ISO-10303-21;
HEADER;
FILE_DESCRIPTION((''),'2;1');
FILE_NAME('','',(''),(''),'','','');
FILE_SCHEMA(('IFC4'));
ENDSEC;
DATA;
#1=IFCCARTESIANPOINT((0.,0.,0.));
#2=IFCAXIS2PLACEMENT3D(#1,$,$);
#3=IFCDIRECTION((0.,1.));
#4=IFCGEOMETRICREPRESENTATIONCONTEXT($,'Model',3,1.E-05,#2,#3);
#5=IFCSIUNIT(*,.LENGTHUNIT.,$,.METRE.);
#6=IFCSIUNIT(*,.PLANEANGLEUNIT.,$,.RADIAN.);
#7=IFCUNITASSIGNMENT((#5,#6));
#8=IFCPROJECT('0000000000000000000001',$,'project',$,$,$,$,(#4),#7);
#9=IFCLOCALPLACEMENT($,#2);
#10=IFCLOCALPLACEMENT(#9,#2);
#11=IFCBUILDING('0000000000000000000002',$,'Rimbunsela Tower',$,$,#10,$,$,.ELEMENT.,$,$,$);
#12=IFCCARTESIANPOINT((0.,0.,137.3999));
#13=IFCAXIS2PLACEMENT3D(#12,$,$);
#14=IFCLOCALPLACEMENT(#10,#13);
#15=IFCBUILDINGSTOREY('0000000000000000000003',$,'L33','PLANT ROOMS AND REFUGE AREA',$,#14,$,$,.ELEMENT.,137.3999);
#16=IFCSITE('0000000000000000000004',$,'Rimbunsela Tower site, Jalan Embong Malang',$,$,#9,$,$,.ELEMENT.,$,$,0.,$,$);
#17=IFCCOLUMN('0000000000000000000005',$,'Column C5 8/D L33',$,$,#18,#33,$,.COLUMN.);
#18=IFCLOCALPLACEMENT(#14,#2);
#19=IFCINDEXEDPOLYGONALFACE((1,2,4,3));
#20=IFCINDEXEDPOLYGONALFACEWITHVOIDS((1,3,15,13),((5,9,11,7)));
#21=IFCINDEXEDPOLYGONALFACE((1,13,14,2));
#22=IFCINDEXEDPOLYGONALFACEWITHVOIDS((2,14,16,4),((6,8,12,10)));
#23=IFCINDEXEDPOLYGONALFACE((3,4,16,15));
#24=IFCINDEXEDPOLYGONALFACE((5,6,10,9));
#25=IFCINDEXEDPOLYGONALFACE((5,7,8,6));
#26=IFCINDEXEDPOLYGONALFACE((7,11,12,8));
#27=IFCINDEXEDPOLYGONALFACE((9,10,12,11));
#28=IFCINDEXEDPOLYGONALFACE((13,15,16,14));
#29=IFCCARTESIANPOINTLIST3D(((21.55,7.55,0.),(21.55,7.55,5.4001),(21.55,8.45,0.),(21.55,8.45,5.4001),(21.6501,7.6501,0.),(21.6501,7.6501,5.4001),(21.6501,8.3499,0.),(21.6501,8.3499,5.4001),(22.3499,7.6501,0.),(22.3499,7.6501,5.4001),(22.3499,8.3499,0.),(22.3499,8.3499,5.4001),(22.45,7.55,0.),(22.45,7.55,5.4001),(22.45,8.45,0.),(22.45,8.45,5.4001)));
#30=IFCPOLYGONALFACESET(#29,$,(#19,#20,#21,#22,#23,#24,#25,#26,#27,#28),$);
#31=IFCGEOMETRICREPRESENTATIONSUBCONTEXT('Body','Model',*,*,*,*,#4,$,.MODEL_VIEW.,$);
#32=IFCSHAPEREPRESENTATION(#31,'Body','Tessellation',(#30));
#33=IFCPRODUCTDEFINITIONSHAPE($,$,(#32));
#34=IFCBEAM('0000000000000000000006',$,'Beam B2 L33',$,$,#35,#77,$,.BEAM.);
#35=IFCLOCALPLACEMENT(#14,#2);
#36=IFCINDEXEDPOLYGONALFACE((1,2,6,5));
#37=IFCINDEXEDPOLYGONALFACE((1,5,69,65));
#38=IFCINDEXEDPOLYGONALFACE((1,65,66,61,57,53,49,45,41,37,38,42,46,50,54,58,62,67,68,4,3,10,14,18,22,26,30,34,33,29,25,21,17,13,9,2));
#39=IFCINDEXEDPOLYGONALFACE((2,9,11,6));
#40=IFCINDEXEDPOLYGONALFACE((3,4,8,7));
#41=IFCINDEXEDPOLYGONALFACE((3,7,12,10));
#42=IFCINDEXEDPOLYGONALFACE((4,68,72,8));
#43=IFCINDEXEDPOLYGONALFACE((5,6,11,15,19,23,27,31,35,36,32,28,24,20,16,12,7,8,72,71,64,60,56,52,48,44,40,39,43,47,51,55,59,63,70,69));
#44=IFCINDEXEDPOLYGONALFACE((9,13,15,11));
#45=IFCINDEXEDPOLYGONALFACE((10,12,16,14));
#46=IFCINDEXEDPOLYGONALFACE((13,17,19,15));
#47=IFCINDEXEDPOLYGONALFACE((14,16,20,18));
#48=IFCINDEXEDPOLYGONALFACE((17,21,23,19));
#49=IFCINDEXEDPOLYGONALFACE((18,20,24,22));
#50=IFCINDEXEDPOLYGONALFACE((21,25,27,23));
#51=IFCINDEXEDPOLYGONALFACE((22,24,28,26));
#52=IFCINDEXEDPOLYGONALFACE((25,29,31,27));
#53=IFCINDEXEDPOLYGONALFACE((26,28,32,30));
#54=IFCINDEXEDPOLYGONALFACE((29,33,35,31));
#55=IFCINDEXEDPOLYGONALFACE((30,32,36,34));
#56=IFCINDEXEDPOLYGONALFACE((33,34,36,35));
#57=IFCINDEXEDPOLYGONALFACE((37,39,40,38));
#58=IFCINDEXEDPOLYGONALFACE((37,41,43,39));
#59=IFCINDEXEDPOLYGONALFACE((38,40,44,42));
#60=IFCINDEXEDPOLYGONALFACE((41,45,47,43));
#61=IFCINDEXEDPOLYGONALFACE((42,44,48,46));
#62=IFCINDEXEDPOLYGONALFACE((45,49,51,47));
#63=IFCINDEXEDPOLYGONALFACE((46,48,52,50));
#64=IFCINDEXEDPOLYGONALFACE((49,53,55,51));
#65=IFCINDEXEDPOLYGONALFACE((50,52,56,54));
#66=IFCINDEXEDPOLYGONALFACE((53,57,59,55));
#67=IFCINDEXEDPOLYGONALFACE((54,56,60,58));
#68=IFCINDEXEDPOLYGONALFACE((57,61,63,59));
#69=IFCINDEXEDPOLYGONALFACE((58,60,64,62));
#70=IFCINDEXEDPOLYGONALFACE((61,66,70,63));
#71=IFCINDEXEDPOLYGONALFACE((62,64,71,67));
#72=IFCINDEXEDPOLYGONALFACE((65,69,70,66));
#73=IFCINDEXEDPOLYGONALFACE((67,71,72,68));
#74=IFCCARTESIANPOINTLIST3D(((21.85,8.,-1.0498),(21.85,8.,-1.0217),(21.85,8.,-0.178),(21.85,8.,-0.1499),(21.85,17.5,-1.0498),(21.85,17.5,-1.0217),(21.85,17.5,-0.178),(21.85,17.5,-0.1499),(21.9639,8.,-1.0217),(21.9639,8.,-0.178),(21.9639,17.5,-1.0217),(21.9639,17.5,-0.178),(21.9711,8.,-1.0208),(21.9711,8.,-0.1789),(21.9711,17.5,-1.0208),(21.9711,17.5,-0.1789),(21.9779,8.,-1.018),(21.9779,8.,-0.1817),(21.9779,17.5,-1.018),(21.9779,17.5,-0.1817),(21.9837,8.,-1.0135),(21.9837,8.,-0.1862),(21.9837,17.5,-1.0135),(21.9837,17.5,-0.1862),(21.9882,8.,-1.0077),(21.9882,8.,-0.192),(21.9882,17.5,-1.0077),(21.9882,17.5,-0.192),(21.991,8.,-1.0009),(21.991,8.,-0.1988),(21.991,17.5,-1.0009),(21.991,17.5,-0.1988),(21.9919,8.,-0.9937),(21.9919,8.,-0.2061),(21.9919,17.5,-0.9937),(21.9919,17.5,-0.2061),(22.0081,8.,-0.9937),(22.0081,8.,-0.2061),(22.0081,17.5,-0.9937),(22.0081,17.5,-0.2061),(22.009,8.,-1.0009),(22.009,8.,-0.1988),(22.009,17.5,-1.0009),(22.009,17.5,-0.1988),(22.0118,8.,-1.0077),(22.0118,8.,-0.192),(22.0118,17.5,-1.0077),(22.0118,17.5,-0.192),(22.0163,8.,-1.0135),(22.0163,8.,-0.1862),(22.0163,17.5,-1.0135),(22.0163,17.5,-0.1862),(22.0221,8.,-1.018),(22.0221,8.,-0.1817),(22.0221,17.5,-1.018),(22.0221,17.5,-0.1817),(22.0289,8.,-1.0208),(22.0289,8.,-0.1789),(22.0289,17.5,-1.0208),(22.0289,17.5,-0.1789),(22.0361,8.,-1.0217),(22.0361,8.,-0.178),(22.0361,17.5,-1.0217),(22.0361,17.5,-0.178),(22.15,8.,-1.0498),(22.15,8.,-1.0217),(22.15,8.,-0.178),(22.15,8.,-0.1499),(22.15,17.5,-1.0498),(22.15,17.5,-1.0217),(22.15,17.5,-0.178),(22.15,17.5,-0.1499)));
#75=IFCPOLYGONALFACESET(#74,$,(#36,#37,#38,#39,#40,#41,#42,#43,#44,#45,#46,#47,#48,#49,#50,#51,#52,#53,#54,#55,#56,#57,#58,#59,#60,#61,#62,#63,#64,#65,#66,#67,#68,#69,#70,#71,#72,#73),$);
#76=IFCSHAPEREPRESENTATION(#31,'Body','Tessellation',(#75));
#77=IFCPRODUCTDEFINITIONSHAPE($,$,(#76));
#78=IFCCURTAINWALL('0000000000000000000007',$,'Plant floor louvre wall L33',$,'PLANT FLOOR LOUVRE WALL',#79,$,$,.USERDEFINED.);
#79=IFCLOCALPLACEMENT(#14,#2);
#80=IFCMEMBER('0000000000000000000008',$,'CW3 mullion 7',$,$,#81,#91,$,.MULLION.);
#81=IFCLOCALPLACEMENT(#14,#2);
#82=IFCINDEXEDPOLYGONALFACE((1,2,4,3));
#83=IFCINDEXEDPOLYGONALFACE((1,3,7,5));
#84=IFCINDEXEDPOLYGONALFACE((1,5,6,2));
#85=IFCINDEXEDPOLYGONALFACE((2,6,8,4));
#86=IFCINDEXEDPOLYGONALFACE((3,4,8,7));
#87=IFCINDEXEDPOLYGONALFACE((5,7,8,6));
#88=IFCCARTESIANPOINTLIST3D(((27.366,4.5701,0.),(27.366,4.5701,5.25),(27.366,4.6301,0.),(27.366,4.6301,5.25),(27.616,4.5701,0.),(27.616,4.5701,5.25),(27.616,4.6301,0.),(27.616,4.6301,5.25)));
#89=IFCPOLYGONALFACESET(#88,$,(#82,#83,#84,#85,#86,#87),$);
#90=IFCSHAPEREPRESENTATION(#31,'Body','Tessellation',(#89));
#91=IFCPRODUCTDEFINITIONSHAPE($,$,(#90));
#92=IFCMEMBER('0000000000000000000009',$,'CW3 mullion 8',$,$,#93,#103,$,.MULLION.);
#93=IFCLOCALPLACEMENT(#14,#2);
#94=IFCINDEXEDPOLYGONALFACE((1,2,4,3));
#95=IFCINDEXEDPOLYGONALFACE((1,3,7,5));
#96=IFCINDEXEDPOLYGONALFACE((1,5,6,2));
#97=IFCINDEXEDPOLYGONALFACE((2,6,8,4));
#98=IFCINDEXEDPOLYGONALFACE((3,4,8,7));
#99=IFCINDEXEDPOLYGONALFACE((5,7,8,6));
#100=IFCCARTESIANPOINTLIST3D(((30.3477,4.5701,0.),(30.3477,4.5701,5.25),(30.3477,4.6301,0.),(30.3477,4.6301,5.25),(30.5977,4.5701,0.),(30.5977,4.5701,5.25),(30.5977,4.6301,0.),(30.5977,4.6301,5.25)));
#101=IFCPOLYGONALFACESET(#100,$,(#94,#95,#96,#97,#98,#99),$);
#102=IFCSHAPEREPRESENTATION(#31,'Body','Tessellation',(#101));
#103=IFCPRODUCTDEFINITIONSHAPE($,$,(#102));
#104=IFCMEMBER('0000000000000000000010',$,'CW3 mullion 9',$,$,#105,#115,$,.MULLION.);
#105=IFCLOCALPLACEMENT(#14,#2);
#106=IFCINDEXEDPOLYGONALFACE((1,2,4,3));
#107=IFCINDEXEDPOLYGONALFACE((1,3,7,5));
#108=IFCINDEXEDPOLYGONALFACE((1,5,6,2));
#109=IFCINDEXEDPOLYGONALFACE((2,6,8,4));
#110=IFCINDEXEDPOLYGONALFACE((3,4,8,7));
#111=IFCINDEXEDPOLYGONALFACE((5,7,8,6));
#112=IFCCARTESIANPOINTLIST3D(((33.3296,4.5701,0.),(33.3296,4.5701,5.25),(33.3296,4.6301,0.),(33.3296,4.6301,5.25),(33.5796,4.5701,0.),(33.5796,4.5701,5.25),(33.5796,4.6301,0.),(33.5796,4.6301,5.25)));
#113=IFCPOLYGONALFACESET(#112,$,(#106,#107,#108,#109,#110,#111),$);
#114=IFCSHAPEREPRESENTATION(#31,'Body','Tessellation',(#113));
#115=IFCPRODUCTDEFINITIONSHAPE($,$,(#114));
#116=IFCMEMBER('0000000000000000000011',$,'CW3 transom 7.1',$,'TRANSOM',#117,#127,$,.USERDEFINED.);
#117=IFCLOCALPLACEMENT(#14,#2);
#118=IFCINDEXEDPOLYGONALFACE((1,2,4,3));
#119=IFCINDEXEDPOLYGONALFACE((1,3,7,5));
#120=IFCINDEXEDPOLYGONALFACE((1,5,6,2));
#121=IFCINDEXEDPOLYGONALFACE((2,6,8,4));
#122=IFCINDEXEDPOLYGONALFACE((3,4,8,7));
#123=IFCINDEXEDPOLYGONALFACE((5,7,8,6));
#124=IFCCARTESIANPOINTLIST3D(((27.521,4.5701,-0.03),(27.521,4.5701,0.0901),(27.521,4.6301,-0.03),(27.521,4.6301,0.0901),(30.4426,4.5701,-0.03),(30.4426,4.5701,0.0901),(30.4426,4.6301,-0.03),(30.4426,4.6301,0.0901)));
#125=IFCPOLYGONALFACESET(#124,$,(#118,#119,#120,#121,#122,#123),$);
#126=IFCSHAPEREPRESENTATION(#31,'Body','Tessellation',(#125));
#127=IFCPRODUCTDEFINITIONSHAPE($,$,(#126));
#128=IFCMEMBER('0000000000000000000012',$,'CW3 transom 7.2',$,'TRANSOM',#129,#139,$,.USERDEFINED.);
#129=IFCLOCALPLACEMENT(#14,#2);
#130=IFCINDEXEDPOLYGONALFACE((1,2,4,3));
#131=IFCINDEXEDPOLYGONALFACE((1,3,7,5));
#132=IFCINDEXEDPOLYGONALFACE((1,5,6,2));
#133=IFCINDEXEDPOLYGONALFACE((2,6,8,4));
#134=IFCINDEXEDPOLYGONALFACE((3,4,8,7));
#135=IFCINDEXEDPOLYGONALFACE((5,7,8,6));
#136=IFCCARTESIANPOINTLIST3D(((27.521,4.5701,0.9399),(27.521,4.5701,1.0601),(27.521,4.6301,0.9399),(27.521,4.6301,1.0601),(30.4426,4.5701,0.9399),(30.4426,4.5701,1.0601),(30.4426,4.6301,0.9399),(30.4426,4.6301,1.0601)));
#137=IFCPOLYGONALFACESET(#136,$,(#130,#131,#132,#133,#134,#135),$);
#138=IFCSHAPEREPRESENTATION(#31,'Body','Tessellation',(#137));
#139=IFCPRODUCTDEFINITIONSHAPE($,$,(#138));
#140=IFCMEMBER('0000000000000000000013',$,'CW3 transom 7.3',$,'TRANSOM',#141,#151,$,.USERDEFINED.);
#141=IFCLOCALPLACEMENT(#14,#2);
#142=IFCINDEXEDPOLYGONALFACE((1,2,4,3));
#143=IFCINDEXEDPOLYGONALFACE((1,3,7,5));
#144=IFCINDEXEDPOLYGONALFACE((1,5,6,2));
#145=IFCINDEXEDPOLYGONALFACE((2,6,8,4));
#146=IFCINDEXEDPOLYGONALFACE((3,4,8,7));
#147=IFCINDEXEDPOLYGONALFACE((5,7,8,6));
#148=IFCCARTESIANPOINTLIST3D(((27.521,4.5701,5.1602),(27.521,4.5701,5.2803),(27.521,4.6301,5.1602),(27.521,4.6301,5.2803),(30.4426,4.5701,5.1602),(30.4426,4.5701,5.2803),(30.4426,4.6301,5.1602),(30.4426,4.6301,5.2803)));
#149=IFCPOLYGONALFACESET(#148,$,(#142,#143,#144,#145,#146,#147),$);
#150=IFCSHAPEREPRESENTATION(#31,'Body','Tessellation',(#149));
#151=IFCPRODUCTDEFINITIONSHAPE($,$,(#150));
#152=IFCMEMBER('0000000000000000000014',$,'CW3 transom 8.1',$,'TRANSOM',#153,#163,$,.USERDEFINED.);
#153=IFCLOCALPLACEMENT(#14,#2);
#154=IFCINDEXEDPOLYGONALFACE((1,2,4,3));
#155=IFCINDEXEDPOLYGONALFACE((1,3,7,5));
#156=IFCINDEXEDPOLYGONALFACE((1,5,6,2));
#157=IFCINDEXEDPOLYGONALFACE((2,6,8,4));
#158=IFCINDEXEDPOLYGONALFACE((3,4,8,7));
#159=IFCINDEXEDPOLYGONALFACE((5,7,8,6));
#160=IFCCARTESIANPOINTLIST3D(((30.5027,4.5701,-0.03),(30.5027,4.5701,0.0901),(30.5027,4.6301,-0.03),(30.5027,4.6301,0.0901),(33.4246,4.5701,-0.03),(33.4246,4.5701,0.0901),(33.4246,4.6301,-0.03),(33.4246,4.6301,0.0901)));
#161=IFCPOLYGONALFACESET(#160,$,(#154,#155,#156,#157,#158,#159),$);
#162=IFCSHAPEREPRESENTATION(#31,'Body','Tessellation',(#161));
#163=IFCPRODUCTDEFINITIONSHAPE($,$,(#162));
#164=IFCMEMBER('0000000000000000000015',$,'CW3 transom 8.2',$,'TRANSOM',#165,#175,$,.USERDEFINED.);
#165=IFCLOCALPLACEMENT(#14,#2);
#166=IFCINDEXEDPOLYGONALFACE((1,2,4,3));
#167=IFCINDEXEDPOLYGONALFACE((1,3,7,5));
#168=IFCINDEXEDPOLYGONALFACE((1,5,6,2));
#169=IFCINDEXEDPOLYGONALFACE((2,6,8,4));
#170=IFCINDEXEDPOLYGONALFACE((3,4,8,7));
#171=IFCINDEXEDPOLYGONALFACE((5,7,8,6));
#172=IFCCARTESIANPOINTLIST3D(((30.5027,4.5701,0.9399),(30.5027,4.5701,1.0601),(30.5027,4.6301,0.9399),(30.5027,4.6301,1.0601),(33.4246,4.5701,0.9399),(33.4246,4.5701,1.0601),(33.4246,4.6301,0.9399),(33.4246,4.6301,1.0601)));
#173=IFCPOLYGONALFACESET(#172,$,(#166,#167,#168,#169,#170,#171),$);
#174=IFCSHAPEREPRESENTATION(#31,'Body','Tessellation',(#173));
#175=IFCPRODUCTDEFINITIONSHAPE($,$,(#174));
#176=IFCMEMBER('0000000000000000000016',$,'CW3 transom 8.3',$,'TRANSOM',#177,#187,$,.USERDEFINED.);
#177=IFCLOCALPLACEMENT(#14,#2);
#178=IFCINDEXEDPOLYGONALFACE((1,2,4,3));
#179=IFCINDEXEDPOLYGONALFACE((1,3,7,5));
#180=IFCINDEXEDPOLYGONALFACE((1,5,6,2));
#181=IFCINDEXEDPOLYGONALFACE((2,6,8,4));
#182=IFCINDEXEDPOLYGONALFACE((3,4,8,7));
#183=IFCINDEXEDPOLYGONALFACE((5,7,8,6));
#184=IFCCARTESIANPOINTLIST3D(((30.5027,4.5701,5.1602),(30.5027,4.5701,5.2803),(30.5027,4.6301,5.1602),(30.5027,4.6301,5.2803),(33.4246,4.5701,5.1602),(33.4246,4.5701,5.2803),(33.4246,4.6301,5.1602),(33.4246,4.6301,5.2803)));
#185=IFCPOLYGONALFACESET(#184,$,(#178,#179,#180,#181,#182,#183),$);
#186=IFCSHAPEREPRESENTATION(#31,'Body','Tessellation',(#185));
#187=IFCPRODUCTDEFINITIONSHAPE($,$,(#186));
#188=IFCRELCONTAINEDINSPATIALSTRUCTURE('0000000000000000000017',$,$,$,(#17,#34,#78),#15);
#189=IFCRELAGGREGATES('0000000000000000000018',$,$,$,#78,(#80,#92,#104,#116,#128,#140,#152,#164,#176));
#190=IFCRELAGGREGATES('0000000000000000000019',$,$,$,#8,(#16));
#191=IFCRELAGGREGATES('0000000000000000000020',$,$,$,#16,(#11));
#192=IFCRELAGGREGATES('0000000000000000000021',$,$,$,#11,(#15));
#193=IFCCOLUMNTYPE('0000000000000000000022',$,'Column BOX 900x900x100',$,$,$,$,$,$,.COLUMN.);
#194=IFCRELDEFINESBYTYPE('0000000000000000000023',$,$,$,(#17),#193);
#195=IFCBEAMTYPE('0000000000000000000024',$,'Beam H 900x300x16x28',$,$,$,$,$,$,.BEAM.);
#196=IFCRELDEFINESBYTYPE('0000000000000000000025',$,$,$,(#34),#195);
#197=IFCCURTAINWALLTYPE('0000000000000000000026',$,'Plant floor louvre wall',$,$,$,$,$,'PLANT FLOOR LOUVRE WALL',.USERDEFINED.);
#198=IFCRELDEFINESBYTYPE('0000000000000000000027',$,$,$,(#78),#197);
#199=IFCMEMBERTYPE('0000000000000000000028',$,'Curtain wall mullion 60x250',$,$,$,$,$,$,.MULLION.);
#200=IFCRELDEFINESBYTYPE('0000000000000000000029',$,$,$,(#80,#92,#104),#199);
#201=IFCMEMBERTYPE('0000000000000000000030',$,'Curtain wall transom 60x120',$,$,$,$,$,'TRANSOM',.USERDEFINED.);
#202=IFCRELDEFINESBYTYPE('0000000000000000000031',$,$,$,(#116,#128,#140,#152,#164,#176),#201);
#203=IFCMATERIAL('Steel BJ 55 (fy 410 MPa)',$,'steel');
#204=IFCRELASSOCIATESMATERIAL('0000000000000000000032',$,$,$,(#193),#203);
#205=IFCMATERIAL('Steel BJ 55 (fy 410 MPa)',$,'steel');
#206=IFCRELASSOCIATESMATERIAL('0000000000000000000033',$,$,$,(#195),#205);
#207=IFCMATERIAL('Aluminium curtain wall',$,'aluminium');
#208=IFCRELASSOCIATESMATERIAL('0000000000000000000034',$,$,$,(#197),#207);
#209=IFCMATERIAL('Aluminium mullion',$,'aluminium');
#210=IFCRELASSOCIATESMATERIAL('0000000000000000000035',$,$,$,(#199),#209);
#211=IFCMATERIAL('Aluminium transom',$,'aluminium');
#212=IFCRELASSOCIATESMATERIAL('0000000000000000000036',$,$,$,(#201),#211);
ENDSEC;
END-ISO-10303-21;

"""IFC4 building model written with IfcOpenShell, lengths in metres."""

from ifc_helpers import new_model, si_unit, direction, frame, origin, origin_2d, place, context, subcontext, project, spatial, rectangle, hollow_rectangle, i_section, extrude, material, material_profile, profile_set, type_object, element, aggregate, save


model = new_model("IFC4")

# Units and contexts
model_context = context("Model", 3, precision=1e-05, world=origin(), true_north=direction((0.0, 1.0)))
body_context = subcontext(model_context, "Body", "Model", "MODEL_VIEW")
ifc_project = project(units=[si_unit("LENGTHUNIT", "METRE"), si_unit("PLANEANGLEUNIT", "RADIAN")], contexts=[model_context])

# Site, building, storey
site_placement = place(None, origin())
site = spatial("IfcSite", under=ifc_project, at=site_placement, Name="Rimbunsela Tower site, Jalan Embong Malang", CompositionType="ELEMENT", RefElevation=0.0)
building_placement = place(site_placement, origin())
building = spatial("IfcBuilding", under=site, at=building_placement, Name="Rimbunsela Tower", CompositionType="ELEMENT")
storey_placement = place(building_placement, frame((0.0, 0.0, 137.3999)))
storey = spatial("IfcBuildingStorey", under=building, at=storey_placement, Name="L33", Description="PLANT ROOMS AND REFUGE AREA", CompositionType="ELEMENT", Elevation=137.3999)

# Column
ifc_material_1 = material(Name="Steel BJ 55 (fy 410 MPa)", Category="steel")
ifc_material_profile_1 = material_profile(ifc_material_1, hollow_rectangle(XDim=0.8999, YDim=0.8999, WallThickness=0.1001, at=origin_2d()), Name="BOX 900x900x100")
ifc_profile_set_1 = profile_set([ifc_material_profile_1], Name="Steel BJ 55 (fy 410 MPa)")
column_type = type_object("IfcColumnType", Name="Column BOX 900x900x100", PredefinedType="COLUMN", material=ifc_profile_set_1)
column_placement = place(storey_placement, frame((22.0, 8.0, 0.0), z_axis=(0.0, 0.0, 1.0), x_axis=(1.0, 0.0, 0.0)))
element("IfcColumn", 1, at=column_placement, inside=storey, type_object=column_type, Name="Column C5 8/D L33", PredefinedType="COLUMN", context=body_context, shape_type="SweptSolid", body=[
    extrude(hollow_rectangle(XDim=0.8999, YDim=0.8999, WallThickness=0.1001, at=origin_2d()), origin(), (0.0, 0.0, 1.0), 5.4001),
])

# Beam
ifc_material_2 = material(Name="Steel BJ 55 (fy 410 MPa)", Category="steel")
ifc_material_profile_2 = material_profile(ifc_material_2, i_section(OverallWidth=0.3, OverallDepth=0.8999, WebThickness=0.0161, FlangeThickness=0.0281, FilletRadius=0.0281, at=origin_2d()), Name="H 900x300x16x28")
ifc_profile_set_2 = profile_set([ifc_material_profile_2], Name="Steel BJ 55 (fy 410 MPa)")
beam_type = type_object("IfcBeamType", Name="Beam H 900x300x16x28", PredefinedType="BEAM", material=ifc_profile_set_2)
beam_placement = place(storey_placement, frame((22.0, 8.0, -0.5999), z_axis=(0.0, 1.0, 0.0), x_axis=(-1.0, 0.0, 0.0)))
element("IfcBeam", 2, at=beam_placement, inside=storey, type_object=beam_type, Name="Beam B2 L33", PredefinedType="BEAM", context=body_context, shape_type="SweptSolid", body=[
    extrude(i_section(OverallWidth=0.3, OverallDepth=0.8999, WebThickness=0.0161, FlangeThickness=0.0281, FilletRadius=0.0281, at=origin_2d()), origin(), (0.0, 0.0, 1.0), 9.5),
])

# Curtain wall, members
ifc_material_3 = material(Name="Aluminium curtain wall", Category="aluminium")
curtain_wall_type = type_object("IfcCurtainWallType", Name="Plant floor louvre wall", ElementType="PLANT FLOOR LOUVRE WALL", PredefinedType="USERDEFINED", material=ifc_material_3)
curtain_wall_placement = place(storey_placement, origin())
curtain_wall = element("IfcCurtainWall", 3, at=curtain_wall_placement, inside=storey, type_object=curtain_wall_type, Name="Plant floor louvre wall L33", ObjectType="PLANT FLOOR LOUVRE WALL", PredefinedType="USERDEFINED")
ifc_material_4 = material(Name="Aluminium mullion", Category="aluminium")
ifc_material_profile_3 = material_profile(ifc_material_4, rectangle(XDim=0.0601, YDim=0.25, at=origin_2d()), Name="Mullion 60x250")
ifc_profile_set_3 = profile_set([ifc_material_profile_3], Name="Aluminium mullion")
member_type_1 = type_object("IfcMemberType", Name="Curtain wall mullion 60x250", PredefinedType="MULLION", material=ifc_profile_set_3)
member_1_placement = place(storey_placement, frame((27.491, 4.6001, 0.0), z_axis=(0.0, 0.0, 1.0), x_axis=(0.0, 1.0, 0.0)))
member_1 = element("IfcMember", 4, at=member_1_placement, type_object=member_type_1, Name="CW3 mullion 7", PredefinedType="MULLION", context=body_context, shape_type="SweptSolid", body=[
    extrude(rectangle(XDim=0.0601, YDim=0.25, at=origin_2d()), origin(), (0.0, 0.0, 1.0), 5.25),
])
member_2_placement = place(storey_placement, frame((30.4727, 4.6001, 0.0), z_axis=(0.0, 0.0, 1.0), x_axis=(0.0, 1.0, 0.0)))
member_2 = element("IfcMember", 5, at=member_2_placement, type_object=member_type_1, Name="CW3 mullion 8", PredefinedType="MULLION", context=body_context, shape_type="SweptSolid", body=[
    extrude(rectangle(XDim=0.0601, YDim=0.25, at=origin_2d()), origin(), (0.0, 0.0, 1.0), 5.25),
])
member_3_placement = place(storey_placement, frame((33.4546, 4.6001, 0.0), z_axis=(0.0, 0.0, 1.0), x_axis=(0.0, 1.0, 0.0)))
member_3 = element("IfcMember", 6, at=member_3_placement, type_object=member_type_1, Name="CW3 mullion 9", PredefinedType="MULLION", context=body_context, shape_type="SweptSolid", body=[
    extrude(rectangle(XDim=0.0601, YDim=0.25, at=origin_2d()), origin(), (0.0, 0.0, 1.0), 5.25),
])
ifc_material_5 = material(Name="Aluminium transom", Category="aluminium")
ifc_material_profile_4 = material_profile(ifc_material_5, rectangle(XDim=0.0601, YDim=0.1201, at=origin_2d()), Name="Transom 60x120")
ifc_profile_set_4 = profile_set([ifc_material_profile_4], Name="Aluminium transom")
member_type_2 = type_object("IfcMemberType", Name="Curtain wall transom 60x120", ElementType="TRANSOM", PredefinedType="USERDEFINED", material=ifc_profile_set_4)
member_4_placement = place(storey_placement, frame((27.521, 4.6001, 0.03), z_axis=(1.0, 0.0, 0.0), x_axis=(0.0, 1.0, 0.0)))
member_4 = element("IfcMember", 7, at=member_4_placement, type_object=member_type_2, Name="CW3 transom 7.1", ObjectType="TRANSOM", PredefinedType="USERDEFINED", context=body_context, shape_type="SweptSolid", body=[
    extrude(rectangle(XDim=0.0601, YDim=0.1201, at=origin_2d()), origin(), (0.0, 0.0, 1.0), 2.9216),
])
member_5_placement = place(storey_placement, frame((27.521, 4.6001, 1.0), z_axis=(1.0, 0.0, 0.0), x_axis=(0.0, 1.0, 0.0)))
member_5 = element("IfcMember", 8, at=member_5_placement, type_object=member_type_2, Name="CW3 transom 7.2", ObjectType="TRANSOM", PredefinedType="USERDEFINED", context=body_context, shape_type="SweptSolid", body=[
    extrude(rectangle(XDim=0.0601, YDim=0.1201, at=origin_2d()), origin(), (0.0, 0.0, 1.0), 2.9216),
])
member_6_placement = place(storey_placement, frame((27.521, 4.6001, 5.2202), z_axis=(1.0, 0.0, 0.0), x_axis=(0.0, 1.0, 0.0)))
member_6 = element("IfcMember", 9, at=member_6_placement, type_object=member_type_2, Name="CW3 transom 7.3", ObjectType="TRANSOM", PredefinedType="USERDEFINED", context=body_context, shape_type="SweptSolid", body=[
    extrude(rectangle(XDim=0.0601, YDim=0.1201, at=origin_2d()), origin(), (0.0, 0.0, 1.0), 2.9216),
])
member_7_placement = place(storey_placement, frame((30.5027, 4.6001, 0.03), z_axis=(1.0, 0.0, 0.0), x_axis=(0.0, 1.0, 0.0)))
member_7 = element("IfcMember", 10, at=member_7_placement, type_object=member_type_2, Name="CW3 transom 8.1", ObjectType="TRANSOM", PredefinedType="USERDEFINED", context=body_context, shape_type="SweptSolid", body=[
    extrude(rectangle(XDim=0.0601, YDim=0.1201, at=origin_2d()), origin(), (0.0, 0.0, 1.0), 2.9219),
])
member_8_placement = place(storey_placement, frame((30.5027, 4.6001, 1.0), z_axis=(1.0, 0.0, 0.0), x_axis=(0.0, 1.0, 0.0)))
member_8 = element("IfcMember", 11, at=member_8_placement, type_object=member_type_2, Name="CW3 transom 8.2", ObjectType="TRANSOM", PredefinedType="USERDEFINED", context=body_context, shape_type="SweptSolid", body=[
    extrude(rectangle(XDim=0.0601, YDim=0.1201, at=origin_2d()), origin(), (0.0, 0.0, 1.0), 2.9219),
])
member_9_placement = place(storey_placement, frame((30.5027, 4.6001, 5.2202), z_axis=(1.0, 0.0, 0.0), x_axis=(0.0, 1.0, 0.0)))
member_9 = element("IfcMember", 12, at=member_9_placement, type_object=member_type_2, Name="CW3 transom 8.3", ObjectType="TRANSOM", PredefinedType="USERDEFINED", context=body_context, shape_type="SweptSolid", body=[
    extrude(rectangle(XDim=0.0601, YDim=0.1201, at=origin_2d()), origin(), (0.0, 0.0, 1.0), 2.9219),
])
aggregate(curtain_wall, [member_1, member_2, member_3, member_4, member_5, member_6, member_7, member_8, member_9])

save(model, "model.ifc")
